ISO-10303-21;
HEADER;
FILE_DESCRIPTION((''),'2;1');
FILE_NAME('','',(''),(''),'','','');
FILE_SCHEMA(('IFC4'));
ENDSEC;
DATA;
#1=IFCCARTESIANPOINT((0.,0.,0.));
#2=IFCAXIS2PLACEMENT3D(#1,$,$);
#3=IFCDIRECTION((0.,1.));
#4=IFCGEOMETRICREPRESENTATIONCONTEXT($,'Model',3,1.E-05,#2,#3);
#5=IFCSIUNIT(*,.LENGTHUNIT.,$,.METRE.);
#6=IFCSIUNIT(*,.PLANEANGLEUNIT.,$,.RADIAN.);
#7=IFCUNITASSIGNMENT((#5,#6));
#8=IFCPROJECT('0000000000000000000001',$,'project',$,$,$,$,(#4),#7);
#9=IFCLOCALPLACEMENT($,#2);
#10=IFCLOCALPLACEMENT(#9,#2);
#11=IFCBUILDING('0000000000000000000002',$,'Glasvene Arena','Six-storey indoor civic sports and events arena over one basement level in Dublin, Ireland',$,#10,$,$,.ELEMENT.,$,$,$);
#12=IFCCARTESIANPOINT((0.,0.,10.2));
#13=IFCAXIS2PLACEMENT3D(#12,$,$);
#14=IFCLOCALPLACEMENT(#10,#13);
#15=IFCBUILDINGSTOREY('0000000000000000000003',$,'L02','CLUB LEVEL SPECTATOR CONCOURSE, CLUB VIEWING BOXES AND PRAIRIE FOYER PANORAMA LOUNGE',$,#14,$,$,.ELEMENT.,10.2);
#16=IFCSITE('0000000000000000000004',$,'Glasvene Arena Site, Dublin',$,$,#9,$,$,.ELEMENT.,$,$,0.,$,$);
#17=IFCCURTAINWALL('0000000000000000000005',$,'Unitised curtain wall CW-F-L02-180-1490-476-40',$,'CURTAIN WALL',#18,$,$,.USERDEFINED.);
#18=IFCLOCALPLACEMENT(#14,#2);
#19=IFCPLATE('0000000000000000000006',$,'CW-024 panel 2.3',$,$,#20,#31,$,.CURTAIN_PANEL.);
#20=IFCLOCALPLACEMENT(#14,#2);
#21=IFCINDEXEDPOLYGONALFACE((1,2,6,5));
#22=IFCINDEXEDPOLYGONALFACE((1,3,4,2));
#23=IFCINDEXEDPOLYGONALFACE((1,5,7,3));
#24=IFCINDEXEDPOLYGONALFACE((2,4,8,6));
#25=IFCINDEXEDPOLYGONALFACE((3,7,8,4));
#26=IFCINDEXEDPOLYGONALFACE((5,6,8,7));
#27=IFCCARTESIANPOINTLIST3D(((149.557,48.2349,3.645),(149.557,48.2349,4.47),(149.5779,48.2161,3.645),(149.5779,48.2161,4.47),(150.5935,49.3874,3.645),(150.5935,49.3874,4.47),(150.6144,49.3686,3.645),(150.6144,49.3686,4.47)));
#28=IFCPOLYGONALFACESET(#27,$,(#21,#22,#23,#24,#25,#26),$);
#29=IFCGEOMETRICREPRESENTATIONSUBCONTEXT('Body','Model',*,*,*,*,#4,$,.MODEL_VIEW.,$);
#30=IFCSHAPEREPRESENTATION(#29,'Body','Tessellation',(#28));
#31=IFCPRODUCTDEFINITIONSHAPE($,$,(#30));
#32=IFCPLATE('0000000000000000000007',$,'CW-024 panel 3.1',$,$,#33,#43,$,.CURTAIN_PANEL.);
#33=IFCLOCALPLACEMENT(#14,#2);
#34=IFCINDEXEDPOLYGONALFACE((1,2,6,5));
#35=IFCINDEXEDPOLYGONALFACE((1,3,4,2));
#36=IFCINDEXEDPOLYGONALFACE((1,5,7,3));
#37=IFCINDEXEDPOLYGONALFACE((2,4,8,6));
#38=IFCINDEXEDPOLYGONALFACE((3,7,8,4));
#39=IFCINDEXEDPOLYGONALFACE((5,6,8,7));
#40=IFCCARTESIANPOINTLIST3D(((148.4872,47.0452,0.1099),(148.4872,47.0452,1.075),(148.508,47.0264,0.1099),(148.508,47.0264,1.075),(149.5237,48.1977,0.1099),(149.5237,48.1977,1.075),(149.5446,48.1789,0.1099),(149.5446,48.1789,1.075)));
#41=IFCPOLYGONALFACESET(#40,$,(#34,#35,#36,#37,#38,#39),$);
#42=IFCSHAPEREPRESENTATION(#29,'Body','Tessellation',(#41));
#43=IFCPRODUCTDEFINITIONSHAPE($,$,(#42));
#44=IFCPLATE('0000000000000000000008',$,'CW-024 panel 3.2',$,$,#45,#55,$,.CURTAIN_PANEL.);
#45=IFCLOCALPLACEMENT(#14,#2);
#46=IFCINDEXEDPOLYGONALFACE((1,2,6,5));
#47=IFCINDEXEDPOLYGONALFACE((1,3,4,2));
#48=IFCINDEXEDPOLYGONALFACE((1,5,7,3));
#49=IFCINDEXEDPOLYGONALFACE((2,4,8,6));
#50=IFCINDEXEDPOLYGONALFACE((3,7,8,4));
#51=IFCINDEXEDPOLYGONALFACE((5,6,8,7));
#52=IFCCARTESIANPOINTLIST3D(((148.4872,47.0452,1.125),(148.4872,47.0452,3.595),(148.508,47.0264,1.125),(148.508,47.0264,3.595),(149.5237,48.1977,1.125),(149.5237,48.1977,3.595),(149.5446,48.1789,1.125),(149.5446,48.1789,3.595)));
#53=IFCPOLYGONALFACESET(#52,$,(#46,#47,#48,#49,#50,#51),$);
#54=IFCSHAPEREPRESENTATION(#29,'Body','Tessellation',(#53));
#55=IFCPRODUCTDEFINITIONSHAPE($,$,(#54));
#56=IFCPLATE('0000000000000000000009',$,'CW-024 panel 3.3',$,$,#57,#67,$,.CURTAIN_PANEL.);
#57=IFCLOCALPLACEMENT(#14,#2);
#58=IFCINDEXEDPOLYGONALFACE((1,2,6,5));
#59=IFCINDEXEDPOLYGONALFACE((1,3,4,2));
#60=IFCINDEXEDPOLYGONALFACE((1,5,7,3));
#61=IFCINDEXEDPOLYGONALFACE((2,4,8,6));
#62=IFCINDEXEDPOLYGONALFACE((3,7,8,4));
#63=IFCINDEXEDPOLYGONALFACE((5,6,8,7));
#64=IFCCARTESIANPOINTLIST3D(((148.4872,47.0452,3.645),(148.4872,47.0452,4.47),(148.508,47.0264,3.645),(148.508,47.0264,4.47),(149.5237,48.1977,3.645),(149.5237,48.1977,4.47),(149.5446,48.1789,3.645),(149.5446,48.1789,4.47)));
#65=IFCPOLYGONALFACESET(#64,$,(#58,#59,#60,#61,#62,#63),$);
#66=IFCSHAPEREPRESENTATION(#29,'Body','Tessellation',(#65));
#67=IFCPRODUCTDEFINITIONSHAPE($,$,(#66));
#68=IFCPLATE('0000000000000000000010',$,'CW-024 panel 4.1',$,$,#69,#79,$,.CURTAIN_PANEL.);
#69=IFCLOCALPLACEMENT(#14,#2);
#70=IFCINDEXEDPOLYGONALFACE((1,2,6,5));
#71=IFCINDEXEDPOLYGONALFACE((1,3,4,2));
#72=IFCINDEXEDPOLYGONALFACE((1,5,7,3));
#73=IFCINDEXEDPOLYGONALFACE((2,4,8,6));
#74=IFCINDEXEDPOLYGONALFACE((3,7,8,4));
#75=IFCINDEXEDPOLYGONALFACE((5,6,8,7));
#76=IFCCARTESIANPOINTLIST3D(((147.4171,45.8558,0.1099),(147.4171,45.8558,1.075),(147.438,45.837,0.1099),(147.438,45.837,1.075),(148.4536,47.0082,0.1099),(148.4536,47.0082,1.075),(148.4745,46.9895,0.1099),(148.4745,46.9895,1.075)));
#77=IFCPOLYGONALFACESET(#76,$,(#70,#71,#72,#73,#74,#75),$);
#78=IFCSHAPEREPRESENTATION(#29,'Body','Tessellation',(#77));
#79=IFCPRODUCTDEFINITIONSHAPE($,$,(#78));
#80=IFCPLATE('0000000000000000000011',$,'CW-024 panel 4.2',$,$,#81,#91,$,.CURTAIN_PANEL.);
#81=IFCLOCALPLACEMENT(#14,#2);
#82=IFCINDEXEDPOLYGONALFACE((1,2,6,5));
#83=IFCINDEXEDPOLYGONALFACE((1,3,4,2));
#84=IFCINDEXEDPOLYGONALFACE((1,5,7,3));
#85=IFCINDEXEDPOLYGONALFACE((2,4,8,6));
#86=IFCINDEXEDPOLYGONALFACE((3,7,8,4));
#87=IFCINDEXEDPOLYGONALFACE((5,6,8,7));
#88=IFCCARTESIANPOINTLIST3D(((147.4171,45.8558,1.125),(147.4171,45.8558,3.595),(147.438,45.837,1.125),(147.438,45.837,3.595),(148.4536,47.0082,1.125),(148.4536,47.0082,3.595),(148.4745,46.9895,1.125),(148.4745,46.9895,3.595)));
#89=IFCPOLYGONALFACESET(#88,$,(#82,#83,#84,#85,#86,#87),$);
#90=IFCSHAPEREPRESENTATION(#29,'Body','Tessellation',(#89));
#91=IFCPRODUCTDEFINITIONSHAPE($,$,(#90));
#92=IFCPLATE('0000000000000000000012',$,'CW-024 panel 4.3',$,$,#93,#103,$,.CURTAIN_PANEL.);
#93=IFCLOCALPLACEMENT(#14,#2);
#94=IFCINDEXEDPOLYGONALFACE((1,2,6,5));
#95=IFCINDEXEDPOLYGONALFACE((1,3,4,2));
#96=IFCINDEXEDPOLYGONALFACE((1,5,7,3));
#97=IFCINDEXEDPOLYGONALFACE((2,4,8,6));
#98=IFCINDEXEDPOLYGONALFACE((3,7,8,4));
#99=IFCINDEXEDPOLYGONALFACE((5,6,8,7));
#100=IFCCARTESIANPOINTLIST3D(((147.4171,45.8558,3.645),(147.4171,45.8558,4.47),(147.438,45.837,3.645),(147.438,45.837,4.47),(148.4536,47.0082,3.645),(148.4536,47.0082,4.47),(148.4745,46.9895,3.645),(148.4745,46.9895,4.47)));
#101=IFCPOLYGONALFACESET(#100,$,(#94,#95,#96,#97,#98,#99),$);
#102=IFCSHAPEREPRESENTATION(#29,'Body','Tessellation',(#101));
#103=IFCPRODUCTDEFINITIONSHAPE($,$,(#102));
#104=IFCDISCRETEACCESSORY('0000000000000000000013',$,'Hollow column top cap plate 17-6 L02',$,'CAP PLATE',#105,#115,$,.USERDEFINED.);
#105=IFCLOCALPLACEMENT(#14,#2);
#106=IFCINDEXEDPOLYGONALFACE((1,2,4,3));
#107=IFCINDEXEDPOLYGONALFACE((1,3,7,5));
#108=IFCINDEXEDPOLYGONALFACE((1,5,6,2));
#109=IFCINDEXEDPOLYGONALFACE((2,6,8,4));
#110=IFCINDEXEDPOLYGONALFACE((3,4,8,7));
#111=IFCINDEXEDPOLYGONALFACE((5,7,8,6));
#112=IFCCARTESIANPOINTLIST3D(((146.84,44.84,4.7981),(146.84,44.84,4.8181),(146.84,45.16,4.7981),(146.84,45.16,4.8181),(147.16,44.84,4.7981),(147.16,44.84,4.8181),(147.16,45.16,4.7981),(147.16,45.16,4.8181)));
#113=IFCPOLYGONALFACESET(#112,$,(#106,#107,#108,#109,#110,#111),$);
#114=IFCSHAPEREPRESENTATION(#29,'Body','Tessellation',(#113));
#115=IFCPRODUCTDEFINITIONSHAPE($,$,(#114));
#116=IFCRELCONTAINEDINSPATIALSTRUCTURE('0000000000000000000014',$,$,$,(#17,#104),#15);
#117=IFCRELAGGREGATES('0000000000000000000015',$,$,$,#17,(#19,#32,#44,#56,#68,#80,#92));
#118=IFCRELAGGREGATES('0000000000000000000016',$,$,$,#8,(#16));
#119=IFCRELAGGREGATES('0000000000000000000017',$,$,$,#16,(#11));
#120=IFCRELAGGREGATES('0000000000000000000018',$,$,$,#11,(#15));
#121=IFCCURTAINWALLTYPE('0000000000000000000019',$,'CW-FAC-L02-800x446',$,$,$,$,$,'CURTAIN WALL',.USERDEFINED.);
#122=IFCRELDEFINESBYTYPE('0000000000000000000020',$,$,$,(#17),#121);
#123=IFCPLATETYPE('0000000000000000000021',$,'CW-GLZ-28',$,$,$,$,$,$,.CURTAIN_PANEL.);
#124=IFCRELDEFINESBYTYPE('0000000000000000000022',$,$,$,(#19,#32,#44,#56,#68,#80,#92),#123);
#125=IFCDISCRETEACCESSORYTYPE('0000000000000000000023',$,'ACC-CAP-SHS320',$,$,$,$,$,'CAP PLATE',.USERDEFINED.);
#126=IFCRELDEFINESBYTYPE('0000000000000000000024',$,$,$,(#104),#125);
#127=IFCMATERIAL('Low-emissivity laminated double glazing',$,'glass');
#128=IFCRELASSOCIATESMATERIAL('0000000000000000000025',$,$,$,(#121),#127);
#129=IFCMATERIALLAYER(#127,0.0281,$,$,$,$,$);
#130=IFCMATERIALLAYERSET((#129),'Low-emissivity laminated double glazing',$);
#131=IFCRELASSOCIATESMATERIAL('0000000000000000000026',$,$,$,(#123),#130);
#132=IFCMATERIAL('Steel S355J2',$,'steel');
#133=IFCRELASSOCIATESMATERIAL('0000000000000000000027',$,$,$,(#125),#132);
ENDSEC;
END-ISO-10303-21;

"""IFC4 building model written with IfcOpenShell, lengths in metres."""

from ifc_helpers import new_model, si_unit, direction, frame, origin, origin_2d, place, context, subcontext, project, spatial, rectangle, extrude, material, layer, layer_set, type_object, element, aggregate, save


model = new_model("IFC4")

# Units and contexts
model_context = context("Model", 3, precision=1e-05, world=origin(), true_north=direction((0.0, 1.0)))
body_context = subcontext(model_context, "Body", "Model", "MODEL_VIEW")
ifc_project = project(units=[si_unit("LENGTHUNIT", "METRE"), si_unit("PLANEANGLEUNIT", "RADIAN")], contexts=[model_context])

# Site, building, storey
site_placement = place(None, origin())
site = spatial("IfcSite", under=ifc_project, at=site_placement, Name="Glasvene Arena Site, Dublin", CompositionType="ELEMENT", RefElevation=0.0)
building_placement = place(site_placement, origin())
building = spatial("IfcBuilding", under=site, at=building_placement, Name="Glasvene Arena", Description="Six-storey indoor civic sports and events arena over one basement level in Dublin, Ireland", CompositionType="ELEMENT")
storey_placement = place(building_placement, frame((0.0, 0.0, 10.2)))
storey = spatial("IfcBuildingStorey", under=building, at=storey_placement, Name="L02", Description="CLUB LEVEL SPECTATOR CONCOURSE, CLUB VIEWING BOXES AND PRAIRIE FOYER PANORAMA LOUNGE", CompositionType="ELEMENT", Elevation=10.2)

# Shared definitions
ifc_material_1 = material(Name="Steel S355J2", Category="steel")

# Curtain wall, plates
ifc_material_2 = material(Name="Low-emissivity laminated double glazing", Category="glass")
curtain_wall_type = type_object("IfcCurtainWallType", Name="CW-FAC-L02-800x446", ElementType="CURTAIN WALL", PredefinedType="USERDEFINED", material=ifc_material_2)
curtain_wall_placement = place(storey_placement, frame((151.6907, 50.5862, 0.0)))
curtain_wall = element("IfcCurtainWall", 1, at=curtain_wall_placement, inside=storey, type_object=curtain_wall_type, Name="Unitised curtain wall CW-F-L02-180-1490-476-40", ObjectType="CURTAIN WALL", PredefinedType="USERDEFINED")
ifc_layer_1 = layer(ifc_material_2, 0.0281)
ifc_layer_set_1 = layer_set([ifc_layer_1], Name="Low-emissivity laminated double glazing")
plate_type = type_object("IfcPlateType", Name="CW-GLZ-28", PredefinedType="CURTAIN_PANEL", material=ifc_layer_set_1)
plate_1_placement = place(storey_placement, frame((150.0857, 48.8018, 3.645), z_axis=(0.0, 0.0, 1.0), x_axis=(-0.668723, -0.743512, 0.0)))
plate_1 = element("IfcPlate", 2, at=plate_1_placement, type_object=plate_type, Name="CW-024 panel 2.3", PredefinedType="CURTAIN_PANEL", context=body_context, shape_type="SweptSolid", body=[
    extrude(rectangle(XDim=1.55, YDim=0.0281, at=origin_2d()), origin(), (0.0, 0.0, 1.0), 0.825),
])
plate_2_placement = place(storey_placement, frame((149.0159, 47.6121, 0.1099), z_axis=(0.0, 0.0, 1.0), x_axis=(-0.668723, -0.743512, 0.0)))
plate_2 = element("IfcPlate", 3, at=plate_2_placement, type_object=plate_type, Name="CW-024 panel 3.1", PredefinedType="CURTAIN_PANEL", context=body_context, shape_type="SweptSolid", body=[
    extrude(rectangle(XDim=1.55, YDim=0.0281, at=origin_2d()), origin(), (0.0, 0.0, 1.0), 0.9651),
])
plate_3_placement = place(storey_placement, frame((149.0159, 47.6121, 1.125), z_axis=(0.0, 0.0, 1.0), x_axis=(-0.668723, -0.743512, 0.0)))
plate_3 = element("IfcPlate", 4, at=plate_3_placement, type_object=plate_type, Name="CW-024 panel 3.2", PredefinedType="CURTAIN_PANEL", context=body_context, shape_type="SweptSolid", body=[
    extrude(rectangle(XDim=1.55, YDim=0.0281, at=origin_2d()), origin(), (0.0, 0.0, 1.0), 2.47),
])
plate_4_placement = place(storey_placement, frame((149.0159, 47.6121, 3.645), z_axis=(0.0, 0.0, 1.0), x_axis=(-0.668723, -0.743512, 0.0)))
plate_4 = element("IfcPlate", 5, at=plate_4_placement, type_object=plate_type, Name="CW-024 panel 3.3", PredefinedType="CURTAIN_PANEL", context=body_context, shape_type="SweptSolid", body=[
    extrude(rectangle(XDim=1.55, YDim=0.0281, at=origin_2d()), origin(), (0.0, 0.0, 1.0), 0.825),
])
plate_5_placement = place(storey_placement, frame((147.9458, 46.4226, 0.1099), z_axis=(0.0, 0.0, 1.0), x_axis=(-0.668723, -0.743512, 0.0)))
plate_5 = element("IfcPlate", 6, at=plate_5_placement, type_object=plate_type, Name="CW-024 panel 4.1", PredefinedType="CURTAIN_PANEL", context=body_context, shape_type="SweptSolid", body=[
    extrude(rectangle(XDim=1.55, YDim=0.0281, at=origin_2d()), origin(), (0.0, 0.0, 1.0), 0.9651),
])
plate_6_placement = place(storey_placement, frame((147.9458, 46.4226, 1.125), z_axis=(0.0, 0.0, 1.0), x_axis=(-0.668723, -0.743512, 0.0)))
plate_6 = element("IfcPlate", 7, at=plate_6_placement, type_object=plate_type, Name="CW-024 panel 4.2", PredefinedType="CURTAIN_PANEL", context=body_context, shape_type="SweptSolid", body=[
    extrude(rectangle(XDim=1.55, YDim=0.0281, at=origin_2d()), origin(), (0.0, 0.0, 1.0), 2.47),
])
plate_7_placement = place(storey_placement, frame((147.9458, 46.4226, 3.645), z_axis=(0.0, 0.0, 1.0), x_axis=(-0.668723, -0.743512, 0.0)))
plate_7 = element("IfcPlate", 8, at=plate_7_placement, type_object=plate_type, Name="CW-024 panel 4.3", PredefinedType="CURTAIN_PANEL", context=body_context, shape_type="SweptSolid", body=[
    extrude(rectangle(XDim=1.55, YDim=0.0281, at=origin_2d()), origin(), (0.0, 0.0, 1.0), 0.825),
])
aggregate(curtain_wall, [plate_1, plate_2, plate_3, plate_4, plate_5, plate_6, plate_7])

# Discrete accessory
discrete_accessory_type = type_object("IfcDiscreteAccessoryType", Name="ACC-CAP-SHS320", ElementType="CAP PLATE", PredefinedType="USERDEFINED", material=ifc_material_1)
discrete_accessory_placement = place(storey_placement, frame((147.0, 45.0, 4.7981), z_axis=(0.0, 0.0, 1.0), x_axis=(1.0, 0.0, 0.0)))
element("IfcDiscreteAccessory", 9, at=discrete_accessory_placement, inside=storey, type_object=discrete_accessory_type, Name="Hollow column top cap plate 17-6 L02", ObjectType="CAP PLATE", PredefinedType="USERDEFINED", context=body_context, shape_type="SweptSolid", body=[
    extrude(rectangle(XDim=0.3201, YDim=0.3201, at=origin_2d()), origin(), (0.0, 0.0, 1.0), 0.02),
])

save(model, "model.ifc")
